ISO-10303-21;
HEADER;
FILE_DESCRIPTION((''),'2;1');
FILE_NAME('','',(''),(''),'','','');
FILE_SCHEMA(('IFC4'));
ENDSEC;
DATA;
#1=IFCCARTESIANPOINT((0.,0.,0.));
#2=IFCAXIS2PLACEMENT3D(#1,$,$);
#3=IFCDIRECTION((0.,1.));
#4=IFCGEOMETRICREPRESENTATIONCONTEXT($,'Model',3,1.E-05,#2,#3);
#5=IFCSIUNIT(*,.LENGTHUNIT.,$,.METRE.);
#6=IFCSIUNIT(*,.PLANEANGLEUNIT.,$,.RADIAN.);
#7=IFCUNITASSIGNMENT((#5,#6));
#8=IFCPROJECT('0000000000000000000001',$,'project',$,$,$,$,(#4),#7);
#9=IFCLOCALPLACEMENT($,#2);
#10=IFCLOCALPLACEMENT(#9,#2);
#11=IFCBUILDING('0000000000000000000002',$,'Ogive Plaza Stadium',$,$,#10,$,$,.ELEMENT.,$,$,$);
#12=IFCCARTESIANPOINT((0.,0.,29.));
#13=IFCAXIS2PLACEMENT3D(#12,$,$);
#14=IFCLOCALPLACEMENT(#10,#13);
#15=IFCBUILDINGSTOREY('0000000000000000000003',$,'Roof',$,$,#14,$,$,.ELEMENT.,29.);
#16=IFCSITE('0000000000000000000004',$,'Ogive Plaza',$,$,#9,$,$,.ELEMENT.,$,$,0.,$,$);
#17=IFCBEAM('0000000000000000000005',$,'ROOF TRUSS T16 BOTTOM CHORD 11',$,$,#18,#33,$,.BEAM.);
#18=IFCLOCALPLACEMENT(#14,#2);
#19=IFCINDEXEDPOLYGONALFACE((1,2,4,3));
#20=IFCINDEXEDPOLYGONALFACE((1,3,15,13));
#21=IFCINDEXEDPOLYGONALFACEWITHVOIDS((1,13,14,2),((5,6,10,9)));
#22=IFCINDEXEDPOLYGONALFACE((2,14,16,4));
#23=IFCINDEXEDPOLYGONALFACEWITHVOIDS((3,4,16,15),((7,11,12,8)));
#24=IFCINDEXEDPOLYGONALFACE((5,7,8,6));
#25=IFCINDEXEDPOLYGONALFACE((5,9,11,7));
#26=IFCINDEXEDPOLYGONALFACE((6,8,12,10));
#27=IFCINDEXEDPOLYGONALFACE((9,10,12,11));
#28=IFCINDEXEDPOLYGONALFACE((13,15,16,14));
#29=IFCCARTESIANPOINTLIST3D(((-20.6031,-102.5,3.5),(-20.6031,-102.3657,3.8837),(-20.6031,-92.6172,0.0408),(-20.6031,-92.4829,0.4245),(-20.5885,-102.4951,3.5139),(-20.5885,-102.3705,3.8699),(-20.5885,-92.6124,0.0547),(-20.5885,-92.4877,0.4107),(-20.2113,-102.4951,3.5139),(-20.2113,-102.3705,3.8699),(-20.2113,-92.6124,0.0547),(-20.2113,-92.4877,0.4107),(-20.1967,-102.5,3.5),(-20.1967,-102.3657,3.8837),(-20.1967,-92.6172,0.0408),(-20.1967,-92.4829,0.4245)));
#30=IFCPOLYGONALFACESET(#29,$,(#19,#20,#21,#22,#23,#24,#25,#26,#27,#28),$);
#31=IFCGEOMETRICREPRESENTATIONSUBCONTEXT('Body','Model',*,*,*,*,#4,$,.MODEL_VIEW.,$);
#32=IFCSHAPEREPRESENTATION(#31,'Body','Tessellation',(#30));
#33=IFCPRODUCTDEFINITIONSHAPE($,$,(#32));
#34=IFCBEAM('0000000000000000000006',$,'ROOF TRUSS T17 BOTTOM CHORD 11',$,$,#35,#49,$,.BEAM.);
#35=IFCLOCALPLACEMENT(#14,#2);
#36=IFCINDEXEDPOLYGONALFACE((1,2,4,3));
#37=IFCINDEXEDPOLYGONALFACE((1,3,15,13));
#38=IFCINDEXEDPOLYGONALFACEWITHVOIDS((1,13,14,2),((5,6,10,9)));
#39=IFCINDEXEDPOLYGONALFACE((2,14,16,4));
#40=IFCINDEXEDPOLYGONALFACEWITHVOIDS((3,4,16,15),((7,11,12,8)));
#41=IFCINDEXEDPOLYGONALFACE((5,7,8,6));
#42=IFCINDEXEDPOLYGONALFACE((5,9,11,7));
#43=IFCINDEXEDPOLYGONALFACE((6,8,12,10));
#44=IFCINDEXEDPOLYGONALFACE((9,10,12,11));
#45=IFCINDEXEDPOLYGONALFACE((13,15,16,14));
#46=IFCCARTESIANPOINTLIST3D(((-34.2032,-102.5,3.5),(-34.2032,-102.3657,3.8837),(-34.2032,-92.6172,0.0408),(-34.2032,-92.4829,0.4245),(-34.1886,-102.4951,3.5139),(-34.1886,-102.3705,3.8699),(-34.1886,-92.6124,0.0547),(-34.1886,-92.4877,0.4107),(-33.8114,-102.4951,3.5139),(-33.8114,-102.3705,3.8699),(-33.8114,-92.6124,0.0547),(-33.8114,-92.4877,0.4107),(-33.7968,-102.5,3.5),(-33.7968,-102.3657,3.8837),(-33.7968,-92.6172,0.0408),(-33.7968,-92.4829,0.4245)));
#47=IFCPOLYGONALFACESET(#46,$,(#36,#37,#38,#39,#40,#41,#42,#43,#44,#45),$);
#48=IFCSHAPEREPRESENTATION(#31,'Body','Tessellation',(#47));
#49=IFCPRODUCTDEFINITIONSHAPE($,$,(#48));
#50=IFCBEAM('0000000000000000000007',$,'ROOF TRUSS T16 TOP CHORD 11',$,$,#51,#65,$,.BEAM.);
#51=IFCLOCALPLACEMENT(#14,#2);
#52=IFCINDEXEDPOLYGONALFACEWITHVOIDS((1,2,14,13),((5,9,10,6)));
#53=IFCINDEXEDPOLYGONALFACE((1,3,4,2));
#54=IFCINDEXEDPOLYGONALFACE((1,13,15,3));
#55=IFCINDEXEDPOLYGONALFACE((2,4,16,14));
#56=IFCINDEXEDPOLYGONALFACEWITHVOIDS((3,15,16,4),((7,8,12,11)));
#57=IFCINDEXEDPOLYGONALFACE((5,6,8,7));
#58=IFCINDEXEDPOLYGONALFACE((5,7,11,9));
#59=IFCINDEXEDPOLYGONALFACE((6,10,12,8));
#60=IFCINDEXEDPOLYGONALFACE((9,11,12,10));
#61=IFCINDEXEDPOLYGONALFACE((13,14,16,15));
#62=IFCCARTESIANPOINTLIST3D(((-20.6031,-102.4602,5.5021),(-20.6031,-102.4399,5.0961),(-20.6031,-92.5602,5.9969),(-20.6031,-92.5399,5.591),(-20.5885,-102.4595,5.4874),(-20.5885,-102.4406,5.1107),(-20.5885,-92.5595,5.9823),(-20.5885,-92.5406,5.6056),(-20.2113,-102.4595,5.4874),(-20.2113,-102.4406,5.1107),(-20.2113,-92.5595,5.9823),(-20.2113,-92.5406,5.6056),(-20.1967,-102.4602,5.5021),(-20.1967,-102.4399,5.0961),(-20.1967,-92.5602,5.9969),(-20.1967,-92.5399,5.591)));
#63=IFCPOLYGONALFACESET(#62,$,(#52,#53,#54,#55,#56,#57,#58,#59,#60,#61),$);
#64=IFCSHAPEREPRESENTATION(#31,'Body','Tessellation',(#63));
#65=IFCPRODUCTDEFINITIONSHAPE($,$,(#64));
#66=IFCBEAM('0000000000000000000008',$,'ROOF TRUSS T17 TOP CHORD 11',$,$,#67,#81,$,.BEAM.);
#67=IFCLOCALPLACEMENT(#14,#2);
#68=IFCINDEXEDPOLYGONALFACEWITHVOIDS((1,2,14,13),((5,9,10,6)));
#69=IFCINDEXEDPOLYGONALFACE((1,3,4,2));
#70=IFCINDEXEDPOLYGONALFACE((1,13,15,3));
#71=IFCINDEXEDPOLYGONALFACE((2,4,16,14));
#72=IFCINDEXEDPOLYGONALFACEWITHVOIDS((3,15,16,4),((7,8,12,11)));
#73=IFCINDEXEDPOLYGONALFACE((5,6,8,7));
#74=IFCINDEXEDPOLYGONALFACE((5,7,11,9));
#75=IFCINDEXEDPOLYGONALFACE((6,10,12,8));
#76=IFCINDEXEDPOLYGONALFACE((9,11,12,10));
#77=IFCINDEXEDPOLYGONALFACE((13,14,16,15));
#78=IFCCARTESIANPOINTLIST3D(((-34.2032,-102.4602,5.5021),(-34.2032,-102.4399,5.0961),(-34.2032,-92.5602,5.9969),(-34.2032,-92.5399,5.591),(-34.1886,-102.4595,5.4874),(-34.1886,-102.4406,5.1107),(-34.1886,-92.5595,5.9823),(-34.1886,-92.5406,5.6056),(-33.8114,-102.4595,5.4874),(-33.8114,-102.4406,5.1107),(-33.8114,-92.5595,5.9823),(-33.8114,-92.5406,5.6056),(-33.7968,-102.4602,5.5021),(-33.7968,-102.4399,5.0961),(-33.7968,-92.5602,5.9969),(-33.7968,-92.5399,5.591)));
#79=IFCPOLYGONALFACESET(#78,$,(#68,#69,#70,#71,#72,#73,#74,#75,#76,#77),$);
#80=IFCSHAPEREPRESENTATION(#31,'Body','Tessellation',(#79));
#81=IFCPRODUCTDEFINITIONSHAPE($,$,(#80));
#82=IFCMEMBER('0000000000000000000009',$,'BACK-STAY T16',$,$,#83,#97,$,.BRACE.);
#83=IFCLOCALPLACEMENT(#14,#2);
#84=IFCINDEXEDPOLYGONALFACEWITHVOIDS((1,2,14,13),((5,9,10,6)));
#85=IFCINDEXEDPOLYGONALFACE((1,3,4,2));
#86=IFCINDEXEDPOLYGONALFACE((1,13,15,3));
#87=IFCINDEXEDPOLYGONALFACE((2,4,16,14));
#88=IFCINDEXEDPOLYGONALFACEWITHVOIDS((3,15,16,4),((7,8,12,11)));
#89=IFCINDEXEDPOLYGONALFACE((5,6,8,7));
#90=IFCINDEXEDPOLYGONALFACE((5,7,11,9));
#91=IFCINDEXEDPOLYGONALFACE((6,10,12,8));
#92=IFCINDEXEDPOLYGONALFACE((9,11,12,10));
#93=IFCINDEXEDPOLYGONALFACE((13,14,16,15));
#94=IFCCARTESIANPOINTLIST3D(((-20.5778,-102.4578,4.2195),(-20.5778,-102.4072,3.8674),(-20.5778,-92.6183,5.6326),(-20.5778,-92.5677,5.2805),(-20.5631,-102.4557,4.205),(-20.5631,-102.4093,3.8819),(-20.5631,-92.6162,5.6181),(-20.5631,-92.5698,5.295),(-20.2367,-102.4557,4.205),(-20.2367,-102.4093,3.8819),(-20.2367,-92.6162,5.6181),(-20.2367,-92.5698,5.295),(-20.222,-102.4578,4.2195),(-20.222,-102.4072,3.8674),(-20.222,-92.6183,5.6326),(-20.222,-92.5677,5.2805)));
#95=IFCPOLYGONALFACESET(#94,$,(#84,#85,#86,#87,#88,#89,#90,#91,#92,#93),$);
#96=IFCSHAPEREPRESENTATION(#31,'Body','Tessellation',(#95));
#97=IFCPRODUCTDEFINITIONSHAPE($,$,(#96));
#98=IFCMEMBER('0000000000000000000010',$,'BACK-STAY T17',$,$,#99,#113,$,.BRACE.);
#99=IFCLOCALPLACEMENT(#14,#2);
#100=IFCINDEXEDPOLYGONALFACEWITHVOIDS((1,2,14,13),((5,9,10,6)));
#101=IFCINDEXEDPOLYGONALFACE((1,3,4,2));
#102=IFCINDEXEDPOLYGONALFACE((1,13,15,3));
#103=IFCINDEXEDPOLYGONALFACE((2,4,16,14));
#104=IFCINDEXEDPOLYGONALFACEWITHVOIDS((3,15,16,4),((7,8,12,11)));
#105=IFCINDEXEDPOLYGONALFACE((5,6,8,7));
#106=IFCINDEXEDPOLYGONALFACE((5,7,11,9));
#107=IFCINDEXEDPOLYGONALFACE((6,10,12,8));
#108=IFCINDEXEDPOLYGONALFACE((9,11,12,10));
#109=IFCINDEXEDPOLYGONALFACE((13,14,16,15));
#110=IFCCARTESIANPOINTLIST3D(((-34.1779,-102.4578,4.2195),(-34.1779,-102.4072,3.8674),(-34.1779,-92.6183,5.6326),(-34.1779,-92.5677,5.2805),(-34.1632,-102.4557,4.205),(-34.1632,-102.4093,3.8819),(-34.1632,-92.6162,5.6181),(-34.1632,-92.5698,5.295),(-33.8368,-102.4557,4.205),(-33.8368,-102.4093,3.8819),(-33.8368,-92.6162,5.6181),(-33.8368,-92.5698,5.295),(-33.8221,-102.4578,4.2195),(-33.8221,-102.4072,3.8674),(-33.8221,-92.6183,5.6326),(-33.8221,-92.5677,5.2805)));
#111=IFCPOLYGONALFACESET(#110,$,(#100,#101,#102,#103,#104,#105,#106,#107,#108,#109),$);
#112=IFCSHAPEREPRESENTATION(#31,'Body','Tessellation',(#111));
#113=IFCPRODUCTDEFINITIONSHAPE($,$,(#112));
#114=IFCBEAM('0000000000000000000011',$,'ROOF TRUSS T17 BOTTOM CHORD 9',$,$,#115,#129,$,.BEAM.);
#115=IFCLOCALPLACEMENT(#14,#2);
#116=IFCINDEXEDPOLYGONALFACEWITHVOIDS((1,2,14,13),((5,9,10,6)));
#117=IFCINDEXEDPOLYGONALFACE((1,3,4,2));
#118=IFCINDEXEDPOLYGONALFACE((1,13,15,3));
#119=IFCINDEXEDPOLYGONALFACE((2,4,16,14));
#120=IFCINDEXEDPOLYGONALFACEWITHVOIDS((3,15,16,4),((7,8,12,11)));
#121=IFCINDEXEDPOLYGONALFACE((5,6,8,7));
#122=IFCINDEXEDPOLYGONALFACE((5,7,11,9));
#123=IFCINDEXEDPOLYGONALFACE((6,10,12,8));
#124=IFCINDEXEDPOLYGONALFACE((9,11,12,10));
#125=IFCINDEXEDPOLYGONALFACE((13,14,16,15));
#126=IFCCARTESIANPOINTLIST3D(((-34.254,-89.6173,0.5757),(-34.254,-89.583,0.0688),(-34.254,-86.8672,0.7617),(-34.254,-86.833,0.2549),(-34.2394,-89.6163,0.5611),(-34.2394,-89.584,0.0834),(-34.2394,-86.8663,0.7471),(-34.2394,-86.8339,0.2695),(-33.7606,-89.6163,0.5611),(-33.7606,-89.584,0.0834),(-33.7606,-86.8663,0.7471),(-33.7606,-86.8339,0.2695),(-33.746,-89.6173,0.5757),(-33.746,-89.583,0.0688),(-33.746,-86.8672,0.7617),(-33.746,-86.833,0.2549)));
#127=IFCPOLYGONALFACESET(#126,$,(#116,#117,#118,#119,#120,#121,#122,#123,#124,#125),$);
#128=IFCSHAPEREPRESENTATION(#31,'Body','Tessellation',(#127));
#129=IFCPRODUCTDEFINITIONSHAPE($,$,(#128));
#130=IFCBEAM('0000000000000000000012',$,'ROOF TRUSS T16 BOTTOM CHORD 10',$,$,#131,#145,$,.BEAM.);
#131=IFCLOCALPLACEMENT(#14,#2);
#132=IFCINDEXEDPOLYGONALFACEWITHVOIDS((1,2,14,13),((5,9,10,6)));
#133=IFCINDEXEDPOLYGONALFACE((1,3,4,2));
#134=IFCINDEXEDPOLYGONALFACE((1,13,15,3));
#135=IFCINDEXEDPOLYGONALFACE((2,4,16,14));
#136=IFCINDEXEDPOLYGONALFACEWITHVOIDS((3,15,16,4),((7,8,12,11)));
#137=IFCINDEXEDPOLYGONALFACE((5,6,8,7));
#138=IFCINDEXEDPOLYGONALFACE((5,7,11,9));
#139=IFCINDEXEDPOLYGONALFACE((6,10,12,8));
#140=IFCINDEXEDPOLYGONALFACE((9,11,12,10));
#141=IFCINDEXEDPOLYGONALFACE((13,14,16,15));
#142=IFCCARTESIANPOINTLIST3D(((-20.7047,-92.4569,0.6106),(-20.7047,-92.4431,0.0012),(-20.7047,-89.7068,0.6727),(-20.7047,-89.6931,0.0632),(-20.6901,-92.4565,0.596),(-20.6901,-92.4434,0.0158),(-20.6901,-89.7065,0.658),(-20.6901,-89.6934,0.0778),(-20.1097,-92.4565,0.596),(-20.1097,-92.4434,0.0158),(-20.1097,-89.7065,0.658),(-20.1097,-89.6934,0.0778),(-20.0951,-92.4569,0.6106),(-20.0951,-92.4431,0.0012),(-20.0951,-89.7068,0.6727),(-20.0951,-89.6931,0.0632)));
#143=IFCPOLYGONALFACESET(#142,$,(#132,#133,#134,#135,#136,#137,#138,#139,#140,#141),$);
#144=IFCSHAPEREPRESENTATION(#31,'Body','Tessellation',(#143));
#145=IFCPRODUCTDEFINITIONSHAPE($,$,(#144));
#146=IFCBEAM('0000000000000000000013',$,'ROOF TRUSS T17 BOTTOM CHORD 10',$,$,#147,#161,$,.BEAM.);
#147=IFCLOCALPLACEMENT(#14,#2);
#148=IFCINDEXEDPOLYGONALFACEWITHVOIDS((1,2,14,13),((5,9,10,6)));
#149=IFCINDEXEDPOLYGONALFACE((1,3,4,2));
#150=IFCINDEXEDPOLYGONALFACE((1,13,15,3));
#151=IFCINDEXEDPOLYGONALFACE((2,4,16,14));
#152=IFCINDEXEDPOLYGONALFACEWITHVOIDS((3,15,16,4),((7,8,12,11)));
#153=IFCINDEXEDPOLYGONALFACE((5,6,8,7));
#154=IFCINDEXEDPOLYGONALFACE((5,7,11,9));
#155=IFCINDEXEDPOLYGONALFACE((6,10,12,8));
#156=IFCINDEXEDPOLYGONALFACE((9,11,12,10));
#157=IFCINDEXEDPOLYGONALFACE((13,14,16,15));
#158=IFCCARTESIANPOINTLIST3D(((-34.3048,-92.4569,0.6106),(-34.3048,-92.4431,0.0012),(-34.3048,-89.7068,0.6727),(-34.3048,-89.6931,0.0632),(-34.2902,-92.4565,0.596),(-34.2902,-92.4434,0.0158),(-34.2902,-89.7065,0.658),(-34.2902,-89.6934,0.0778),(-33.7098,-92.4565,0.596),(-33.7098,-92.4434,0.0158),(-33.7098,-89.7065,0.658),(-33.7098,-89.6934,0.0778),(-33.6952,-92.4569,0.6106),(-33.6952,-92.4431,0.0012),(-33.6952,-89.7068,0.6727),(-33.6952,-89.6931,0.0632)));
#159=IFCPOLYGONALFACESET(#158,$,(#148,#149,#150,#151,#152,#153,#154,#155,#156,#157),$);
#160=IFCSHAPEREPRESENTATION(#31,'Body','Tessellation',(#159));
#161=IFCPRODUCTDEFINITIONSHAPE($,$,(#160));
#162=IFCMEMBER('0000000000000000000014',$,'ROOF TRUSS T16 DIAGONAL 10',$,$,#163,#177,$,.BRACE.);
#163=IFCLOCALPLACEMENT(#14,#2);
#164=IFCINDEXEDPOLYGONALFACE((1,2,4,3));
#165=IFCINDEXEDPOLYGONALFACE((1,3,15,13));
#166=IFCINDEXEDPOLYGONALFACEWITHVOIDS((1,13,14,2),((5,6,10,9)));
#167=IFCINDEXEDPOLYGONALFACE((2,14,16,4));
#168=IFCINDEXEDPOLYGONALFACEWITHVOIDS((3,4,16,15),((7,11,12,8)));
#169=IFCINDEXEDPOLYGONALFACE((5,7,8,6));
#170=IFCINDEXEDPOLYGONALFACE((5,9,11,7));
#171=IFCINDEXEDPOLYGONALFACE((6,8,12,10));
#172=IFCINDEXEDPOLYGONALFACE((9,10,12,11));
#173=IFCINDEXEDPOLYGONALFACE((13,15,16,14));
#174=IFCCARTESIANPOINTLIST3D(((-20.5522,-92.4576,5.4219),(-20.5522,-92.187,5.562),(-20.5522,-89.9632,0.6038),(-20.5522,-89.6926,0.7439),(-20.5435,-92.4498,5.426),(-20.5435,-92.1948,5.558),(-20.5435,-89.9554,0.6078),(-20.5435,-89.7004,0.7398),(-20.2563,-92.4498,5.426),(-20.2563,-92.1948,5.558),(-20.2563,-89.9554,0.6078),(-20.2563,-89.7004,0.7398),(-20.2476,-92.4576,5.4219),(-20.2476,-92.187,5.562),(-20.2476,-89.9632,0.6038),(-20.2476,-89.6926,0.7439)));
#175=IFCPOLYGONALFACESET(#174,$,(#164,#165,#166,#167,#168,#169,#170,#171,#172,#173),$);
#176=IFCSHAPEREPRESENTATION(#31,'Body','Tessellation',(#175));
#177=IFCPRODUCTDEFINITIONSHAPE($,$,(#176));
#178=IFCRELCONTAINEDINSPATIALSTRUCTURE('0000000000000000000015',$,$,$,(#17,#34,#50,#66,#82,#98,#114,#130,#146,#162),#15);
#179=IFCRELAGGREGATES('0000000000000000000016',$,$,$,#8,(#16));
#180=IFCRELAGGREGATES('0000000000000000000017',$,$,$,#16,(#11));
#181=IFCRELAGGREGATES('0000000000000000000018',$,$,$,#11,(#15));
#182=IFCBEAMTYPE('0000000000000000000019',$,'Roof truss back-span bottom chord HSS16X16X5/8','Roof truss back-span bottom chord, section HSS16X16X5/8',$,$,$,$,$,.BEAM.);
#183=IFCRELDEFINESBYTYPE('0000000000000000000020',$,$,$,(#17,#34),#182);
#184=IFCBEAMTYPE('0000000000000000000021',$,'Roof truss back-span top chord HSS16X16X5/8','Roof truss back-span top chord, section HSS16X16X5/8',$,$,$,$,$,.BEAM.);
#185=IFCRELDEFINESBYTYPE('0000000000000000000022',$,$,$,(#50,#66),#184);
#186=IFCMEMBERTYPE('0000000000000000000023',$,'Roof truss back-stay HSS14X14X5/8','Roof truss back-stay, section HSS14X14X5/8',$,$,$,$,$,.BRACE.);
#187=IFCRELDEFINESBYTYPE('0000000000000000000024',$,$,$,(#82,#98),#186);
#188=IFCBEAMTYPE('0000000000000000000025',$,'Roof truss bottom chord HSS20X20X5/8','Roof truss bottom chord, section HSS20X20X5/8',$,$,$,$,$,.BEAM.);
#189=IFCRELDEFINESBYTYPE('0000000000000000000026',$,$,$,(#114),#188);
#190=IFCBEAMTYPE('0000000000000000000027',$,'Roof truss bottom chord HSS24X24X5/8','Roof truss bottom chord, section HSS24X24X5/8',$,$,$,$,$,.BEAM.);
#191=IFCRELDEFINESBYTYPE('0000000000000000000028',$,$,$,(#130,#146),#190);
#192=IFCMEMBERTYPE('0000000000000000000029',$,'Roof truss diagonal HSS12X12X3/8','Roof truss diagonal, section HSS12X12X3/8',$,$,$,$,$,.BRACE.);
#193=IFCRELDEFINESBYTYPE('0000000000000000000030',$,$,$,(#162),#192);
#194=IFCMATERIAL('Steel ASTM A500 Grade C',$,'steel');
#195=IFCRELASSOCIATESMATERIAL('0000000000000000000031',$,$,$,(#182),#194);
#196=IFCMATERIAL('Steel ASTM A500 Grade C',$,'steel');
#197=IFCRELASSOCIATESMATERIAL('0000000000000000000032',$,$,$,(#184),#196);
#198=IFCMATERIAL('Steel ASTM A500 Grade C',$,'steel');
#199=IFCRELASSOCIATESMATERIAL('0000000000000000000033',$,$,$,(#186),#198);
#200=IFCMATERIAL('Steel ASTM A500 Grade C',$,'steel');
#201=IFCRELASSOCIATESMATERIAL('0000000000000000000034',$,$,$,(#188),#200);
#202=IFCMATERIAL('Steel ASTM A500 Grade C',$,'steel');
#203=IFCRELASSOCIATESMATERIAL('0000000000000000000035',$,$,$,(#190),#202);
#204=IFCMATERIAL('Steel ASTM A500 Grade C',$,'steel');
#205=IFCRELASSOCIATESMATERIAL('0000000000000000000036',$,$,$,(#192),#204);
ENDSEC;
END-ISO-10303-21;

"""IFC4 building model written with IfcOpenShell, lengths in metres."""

from ifc_helpers import new_model, si_unit, direction, frame, origin, origin_2d, place, context, subcontext, project, spatial, hollow_rectangle, extrude, material, material_profile, profile_set, type_object, element, save


model = new_model("IFC4")

# Units and contexts
model_context = context("Model", 3, precision=1e-05, world=origin(), true_north=direction((0.0, 1.0)))
body_context = subcontext(model_context, "Body", "Model", "MODEL_VIEW")
ifc_project = project(units=[si_unit("LENGTHUNIT", "METRE"), si_unit("PLANEANGLEUNIT", "RADIAN")], contexts=[model_context])

# Site, building, storey
site_placement = place(None, origin())
site = spatial("IfcSite", under=ifc_project, at=site_placement, Name="Ogive Plaza", CompositionType="ELEMENT", RefElevation=0.0)
building_placement = place(site_placement, origin())
building = spatial("IfcBuilding", under=site, at=building_placement, Name="Ogive Plaza Stadium", CompositionType="ELEMENT")
storey_placement = place(building_placement, frame((0.0, 0.0, 29.0)))
storey = spatial("IfcBuildingStorey", under=building, at=storey_placement, Name="Roof", CompositionType="ELEMENT", Elevation=29.0)

# Beams
ifc_material_1 = material(Name="Steel ASTM A500 Grade C", Category="steel")
ifc_material_profile_1 = material_profile(ifc_material_1, hollow_rectangle(XDim=0.4065, YDim=0.4065, WallThickness=0.0146, at=origin_2d()), Name="HSS16X16X5/8")
ifc_profile_set_1 = profile_set([ifc_material_profile_1], Name="Steel ASTM A500 Grade C")
beam_type_1 = type_object("IfcBeamType", Name="Roof truss back-span bottom chord HSS16X16X5/8", Description="Roof truss back-span bottom chord, section HSS16X16X5/8", PredefinedType="BEAM", material=ifc_profile_set_1)
for number, where, z_axis, x_axis, name in (
    (1, (-20.3999, -92.55, 0.2327), (0.0, -0.943851, 0.330371), (1.0, 0.0, 0.0), "ROOF TRUSS T16 BOTTOM CHORD 11"),
    (2, (-34.0, -92.55, 0.2327), (0.0, -0.943851, 0.330371), (1.0, 0.0, 0.0), "ROOF TRUSS T17 BOTTOM CHORD 11"),
):
    element("IfcBeam", number, at=place(storey_placement, frame(where, z_axis=z_axis, x_axis=x_axis)), inside=storey, type_object=beam_type_1, Name=name, PredefinedType="BEAM", context=body_context, shape_type="SweptSolid", body=[
        extrude(hollow_rectangle(XDim=0.4065, YDim=0.4065, WallThickness=0.0146, at=origin_2d()), origin(), (0.0, 0.0, 1.0), 10.4707),
    ])
ifc_material_2 = material(Name="Steel ASTM A500 Grade C", Category="steel")
ifc_material_profile_2 = material_profile(ifc_material_2, hollow_rectangle(XDim=0.4065, YDim=0.4065, WallThickness=0.0146, at=origin_2d()), Name="HSS16X16X5/8")
ifc_profile_set_2 = profile_set([ifc_material_profile_2], Name="Steel ASTM A500 Grade C")
beam_type_2 = type_object("IfcBeamType", Name="Roof truss back-span top chord HSS16X16X5/8", Description="Roof truss back-span top chord, section HSS16X16X5/8", PredefinedType="BEAM", material=ifc_profile_set_2)
for number, where, z_axis, x_axis, name in (
    (3, (-20.3999, -92.55, 5.7939), (0.0, -0.998753, -0.049925), (1.0, 0.0, 0.0), "ROOF TRUSS T16 TOP CHORD 11"),
    (4, (-34.0, -92.55, 5.7939), (0.0, -0.998753, -0.049925), (1.0, 0.0, 0.0), "ROOF TRUSS T17 TOP CHORD 11"),
):
    element("IfcBeam", number, at=place(storey_placement, frame(where, z_axis=z_axis, x_axis=x_axis)), inside=storey, type_object=beam_type_2, Name=name, PredefinedType="BEAM", context=body_context, shape_type="SweptSolid", body=[
        extrude(hollow_rectangle(XDim=0.4065, YDim=0.4065, WallThickness=0.0146, at=origin_2d()), origin(), (0.0, 0.0, 1.0), 9.9124),
    ])

# Members
ifc_material_3 = material(Name="Steel ASTM A500 Grade C", Category="steel")
ifc_material_profile_3 = material_profile(ifc_material_3, hollow_rectangle(XDim=0.3557, YDim=0.3557, WallThickness=0.0146, at=origin_2d()), Name="HSS14X14X5/8")
ifc_profile_set_3 = profile_set([ifc_material_profile_3], Name="Steel ASTM A500 Grade C")
member_type_1 = type_object("IfcMemberType", Name="Roof truss back-stay HSS14X14X5/8", Description="Roof truss back-stay, section HSS14X14X5/8", PredefinedType="BRACE", material=ifc_profile_set_3)
for number, where, z_axis, x_axis, name in (
    (5, (-20.3999, -92.593, 5.4565), (0.0, -0.989844, -0.142157), (1.0, 0.0, 0.0), "BACK-STAY T16"),
    (6, (-34.0, -92.593, 5.4565), (0.0, -0.989844, -0.142157), (1.0, 0.0, 0.0), "BACK-STAY T17"),
):
    element("IfcMember", number, at=place(storey_placement, frame(where, z_axis=z_axis, x_axis=x_axis)), inside=storey, type_object=member_type_1, Name=name, PredefinedType="BRACE", context=body_context, shape_type="SweptSolid", body=[
        extrude(hollow_rectangle(XDim=0.3557, YDim=0.3557, WallThickness=0.0146, at=origin_2d()), origin(), (0.0, 0.0, 1.0), 9.9404),
    ])

# Beams
ifc_material_4 = material(Name="Steel ASTM A500 Grade C", Category="steel")
ifc_material_profile_4 = material_profile(ifc_material_4, hollow_rectangle(XDim=0.5081, YDim=0.5081, WallThickness=0.0146, at=origin_2d()), Name="HSS20X20X5/8")
ifc_profile_set_4 = profile_set([ifc_material_profile_4], Name="Steel ASTM A500 Grade C")
beam_type_3 = type_object("IfcBeamType", Name="Roof truss bottom chord HSS20X20X5/8", Description="Roof truss bottom chord, section HSS20X20X5/8", PredefinedType="BEAM", material=ifc_profile_set_4)
beam_1_placement = place(storey_placement, frame((-34.0, -86.8501, 0.5083), z_axis=(0.0, -0.99772, -0.067495), x_axis=(1.0, 0.0, 0.0)))
element("IfcBeam", 7, at=beam_1_placement, inside=storey, type_object=beam_type_3, Name="ROOF TRUSS T17 BOTTOM CHORD 9", PredefinedType="BEAM", context=body_context, shape_type="SweptSolid", body=[
    extrude(hollow_rectangle(XDim=0.5081, YDim=0.5081, WallThickness=0.0146, at=origin_2d()), origin(), (0.0, 0.0, 1.0), 2.7563),
])
ifc_material_5 = material(Name="Steel ASTM A500 Grade C", Category="steel")
ifc_material_profile_5 = material_profile(ifc_material_5, hollow_rectangle(XDim=0.6096, YDim=0.6096, WallThickness=0.0146, at=origin_2d()), Name="HSS24X24X5/8")
ifc_profile_set_5 = profile_set([ifc_material_profile_5], Name="Steel ASTM A500 Grade C")
beam_type_4 = type_object("IfcBeamType", Name="Roof truss bottom chord HSS24X24X5/8", Description="Roof truss bottom chord, section HSS24X24X5/8", PredefinedType="BEAM", material=ifc_profile_set_5)
for number, where, z_axis, x_axis, name in (
    (8, (-20.3999, -89.7, 0.3679), (0.0, -0.999746, -0.022544), (1.0, 0.0, 0.0), "ROOF TRUSS T16 BOTTOM CHORD 10"),
    (9, (-34.0, -89.7, 0.3679), (0.0, -0.999746, -0.022544), (1.0, 0.0, 0.0), "ROOF TRUSS T17 BOTTOM CHORD 10"),
):
    element("IfcBeam", number, at=place(storey_placement, frame(where, z_axis=z_axis, x_axis=x_axis)), inside=storey, type_object=beam_type_4, Name=name, PredefinedType="BEAM", context=body_context, shape_type="SweptSolid", body=[
        extrude(hollow_rectangle(XDim=0.6096, YDim=0.6096, WallThickness=0.0146, at=origin_2d()), origin(), (0.0, 0.0, 1.0), 2.7507),
    ])

# Member
ifc_material_6 = material(Name="Steel ASTM A500 Grade C", Category="steel")
ifc_material_profile_6 = material_profile(ifc_material_6, hollow_rectangle(XDim=0.3047, YDim=0.3047, WallThickness=0.0088, at=origin_2d()), Name="HSS12X12X3/8")
ifc_profile_set_6 = profile_set([ifc_material_profile_6], Name="Steel ASTM A500 Grade C")
member_type_2 = type_object("IfcMemberType", Name="Roof truss diagonal HSS12X12X3/8", Description="Roof truss diagonal, section HSS12X12X3/8", PredefinedType="BRACE", material=ifc_profile_set_6)
member_1_placement = place(storey_placement, frame((-20.3999, -89.8279, 0.6738), z_axis=(0.0, -0.459751, 0.888048), x_axis=(1.0, 0.0, 0.0)))
element("IfcMember", 10, at=member_1_placement, inside=storey, type_object=member_type_2, Name="ROOF TRUSS T16 DIAGONAL 10", PredefinedType="BRACE", context=body_context, shape_type="SweptSolid", body=[
    extrude(hollow_rectangle(XDim=0.3047, YDim=0.3047, WallThickness=0.0088, at=origin_2d()), origin(), (0.0, 0.0, 1.0), 5.4255),
])

save(model, "model.ifc")
